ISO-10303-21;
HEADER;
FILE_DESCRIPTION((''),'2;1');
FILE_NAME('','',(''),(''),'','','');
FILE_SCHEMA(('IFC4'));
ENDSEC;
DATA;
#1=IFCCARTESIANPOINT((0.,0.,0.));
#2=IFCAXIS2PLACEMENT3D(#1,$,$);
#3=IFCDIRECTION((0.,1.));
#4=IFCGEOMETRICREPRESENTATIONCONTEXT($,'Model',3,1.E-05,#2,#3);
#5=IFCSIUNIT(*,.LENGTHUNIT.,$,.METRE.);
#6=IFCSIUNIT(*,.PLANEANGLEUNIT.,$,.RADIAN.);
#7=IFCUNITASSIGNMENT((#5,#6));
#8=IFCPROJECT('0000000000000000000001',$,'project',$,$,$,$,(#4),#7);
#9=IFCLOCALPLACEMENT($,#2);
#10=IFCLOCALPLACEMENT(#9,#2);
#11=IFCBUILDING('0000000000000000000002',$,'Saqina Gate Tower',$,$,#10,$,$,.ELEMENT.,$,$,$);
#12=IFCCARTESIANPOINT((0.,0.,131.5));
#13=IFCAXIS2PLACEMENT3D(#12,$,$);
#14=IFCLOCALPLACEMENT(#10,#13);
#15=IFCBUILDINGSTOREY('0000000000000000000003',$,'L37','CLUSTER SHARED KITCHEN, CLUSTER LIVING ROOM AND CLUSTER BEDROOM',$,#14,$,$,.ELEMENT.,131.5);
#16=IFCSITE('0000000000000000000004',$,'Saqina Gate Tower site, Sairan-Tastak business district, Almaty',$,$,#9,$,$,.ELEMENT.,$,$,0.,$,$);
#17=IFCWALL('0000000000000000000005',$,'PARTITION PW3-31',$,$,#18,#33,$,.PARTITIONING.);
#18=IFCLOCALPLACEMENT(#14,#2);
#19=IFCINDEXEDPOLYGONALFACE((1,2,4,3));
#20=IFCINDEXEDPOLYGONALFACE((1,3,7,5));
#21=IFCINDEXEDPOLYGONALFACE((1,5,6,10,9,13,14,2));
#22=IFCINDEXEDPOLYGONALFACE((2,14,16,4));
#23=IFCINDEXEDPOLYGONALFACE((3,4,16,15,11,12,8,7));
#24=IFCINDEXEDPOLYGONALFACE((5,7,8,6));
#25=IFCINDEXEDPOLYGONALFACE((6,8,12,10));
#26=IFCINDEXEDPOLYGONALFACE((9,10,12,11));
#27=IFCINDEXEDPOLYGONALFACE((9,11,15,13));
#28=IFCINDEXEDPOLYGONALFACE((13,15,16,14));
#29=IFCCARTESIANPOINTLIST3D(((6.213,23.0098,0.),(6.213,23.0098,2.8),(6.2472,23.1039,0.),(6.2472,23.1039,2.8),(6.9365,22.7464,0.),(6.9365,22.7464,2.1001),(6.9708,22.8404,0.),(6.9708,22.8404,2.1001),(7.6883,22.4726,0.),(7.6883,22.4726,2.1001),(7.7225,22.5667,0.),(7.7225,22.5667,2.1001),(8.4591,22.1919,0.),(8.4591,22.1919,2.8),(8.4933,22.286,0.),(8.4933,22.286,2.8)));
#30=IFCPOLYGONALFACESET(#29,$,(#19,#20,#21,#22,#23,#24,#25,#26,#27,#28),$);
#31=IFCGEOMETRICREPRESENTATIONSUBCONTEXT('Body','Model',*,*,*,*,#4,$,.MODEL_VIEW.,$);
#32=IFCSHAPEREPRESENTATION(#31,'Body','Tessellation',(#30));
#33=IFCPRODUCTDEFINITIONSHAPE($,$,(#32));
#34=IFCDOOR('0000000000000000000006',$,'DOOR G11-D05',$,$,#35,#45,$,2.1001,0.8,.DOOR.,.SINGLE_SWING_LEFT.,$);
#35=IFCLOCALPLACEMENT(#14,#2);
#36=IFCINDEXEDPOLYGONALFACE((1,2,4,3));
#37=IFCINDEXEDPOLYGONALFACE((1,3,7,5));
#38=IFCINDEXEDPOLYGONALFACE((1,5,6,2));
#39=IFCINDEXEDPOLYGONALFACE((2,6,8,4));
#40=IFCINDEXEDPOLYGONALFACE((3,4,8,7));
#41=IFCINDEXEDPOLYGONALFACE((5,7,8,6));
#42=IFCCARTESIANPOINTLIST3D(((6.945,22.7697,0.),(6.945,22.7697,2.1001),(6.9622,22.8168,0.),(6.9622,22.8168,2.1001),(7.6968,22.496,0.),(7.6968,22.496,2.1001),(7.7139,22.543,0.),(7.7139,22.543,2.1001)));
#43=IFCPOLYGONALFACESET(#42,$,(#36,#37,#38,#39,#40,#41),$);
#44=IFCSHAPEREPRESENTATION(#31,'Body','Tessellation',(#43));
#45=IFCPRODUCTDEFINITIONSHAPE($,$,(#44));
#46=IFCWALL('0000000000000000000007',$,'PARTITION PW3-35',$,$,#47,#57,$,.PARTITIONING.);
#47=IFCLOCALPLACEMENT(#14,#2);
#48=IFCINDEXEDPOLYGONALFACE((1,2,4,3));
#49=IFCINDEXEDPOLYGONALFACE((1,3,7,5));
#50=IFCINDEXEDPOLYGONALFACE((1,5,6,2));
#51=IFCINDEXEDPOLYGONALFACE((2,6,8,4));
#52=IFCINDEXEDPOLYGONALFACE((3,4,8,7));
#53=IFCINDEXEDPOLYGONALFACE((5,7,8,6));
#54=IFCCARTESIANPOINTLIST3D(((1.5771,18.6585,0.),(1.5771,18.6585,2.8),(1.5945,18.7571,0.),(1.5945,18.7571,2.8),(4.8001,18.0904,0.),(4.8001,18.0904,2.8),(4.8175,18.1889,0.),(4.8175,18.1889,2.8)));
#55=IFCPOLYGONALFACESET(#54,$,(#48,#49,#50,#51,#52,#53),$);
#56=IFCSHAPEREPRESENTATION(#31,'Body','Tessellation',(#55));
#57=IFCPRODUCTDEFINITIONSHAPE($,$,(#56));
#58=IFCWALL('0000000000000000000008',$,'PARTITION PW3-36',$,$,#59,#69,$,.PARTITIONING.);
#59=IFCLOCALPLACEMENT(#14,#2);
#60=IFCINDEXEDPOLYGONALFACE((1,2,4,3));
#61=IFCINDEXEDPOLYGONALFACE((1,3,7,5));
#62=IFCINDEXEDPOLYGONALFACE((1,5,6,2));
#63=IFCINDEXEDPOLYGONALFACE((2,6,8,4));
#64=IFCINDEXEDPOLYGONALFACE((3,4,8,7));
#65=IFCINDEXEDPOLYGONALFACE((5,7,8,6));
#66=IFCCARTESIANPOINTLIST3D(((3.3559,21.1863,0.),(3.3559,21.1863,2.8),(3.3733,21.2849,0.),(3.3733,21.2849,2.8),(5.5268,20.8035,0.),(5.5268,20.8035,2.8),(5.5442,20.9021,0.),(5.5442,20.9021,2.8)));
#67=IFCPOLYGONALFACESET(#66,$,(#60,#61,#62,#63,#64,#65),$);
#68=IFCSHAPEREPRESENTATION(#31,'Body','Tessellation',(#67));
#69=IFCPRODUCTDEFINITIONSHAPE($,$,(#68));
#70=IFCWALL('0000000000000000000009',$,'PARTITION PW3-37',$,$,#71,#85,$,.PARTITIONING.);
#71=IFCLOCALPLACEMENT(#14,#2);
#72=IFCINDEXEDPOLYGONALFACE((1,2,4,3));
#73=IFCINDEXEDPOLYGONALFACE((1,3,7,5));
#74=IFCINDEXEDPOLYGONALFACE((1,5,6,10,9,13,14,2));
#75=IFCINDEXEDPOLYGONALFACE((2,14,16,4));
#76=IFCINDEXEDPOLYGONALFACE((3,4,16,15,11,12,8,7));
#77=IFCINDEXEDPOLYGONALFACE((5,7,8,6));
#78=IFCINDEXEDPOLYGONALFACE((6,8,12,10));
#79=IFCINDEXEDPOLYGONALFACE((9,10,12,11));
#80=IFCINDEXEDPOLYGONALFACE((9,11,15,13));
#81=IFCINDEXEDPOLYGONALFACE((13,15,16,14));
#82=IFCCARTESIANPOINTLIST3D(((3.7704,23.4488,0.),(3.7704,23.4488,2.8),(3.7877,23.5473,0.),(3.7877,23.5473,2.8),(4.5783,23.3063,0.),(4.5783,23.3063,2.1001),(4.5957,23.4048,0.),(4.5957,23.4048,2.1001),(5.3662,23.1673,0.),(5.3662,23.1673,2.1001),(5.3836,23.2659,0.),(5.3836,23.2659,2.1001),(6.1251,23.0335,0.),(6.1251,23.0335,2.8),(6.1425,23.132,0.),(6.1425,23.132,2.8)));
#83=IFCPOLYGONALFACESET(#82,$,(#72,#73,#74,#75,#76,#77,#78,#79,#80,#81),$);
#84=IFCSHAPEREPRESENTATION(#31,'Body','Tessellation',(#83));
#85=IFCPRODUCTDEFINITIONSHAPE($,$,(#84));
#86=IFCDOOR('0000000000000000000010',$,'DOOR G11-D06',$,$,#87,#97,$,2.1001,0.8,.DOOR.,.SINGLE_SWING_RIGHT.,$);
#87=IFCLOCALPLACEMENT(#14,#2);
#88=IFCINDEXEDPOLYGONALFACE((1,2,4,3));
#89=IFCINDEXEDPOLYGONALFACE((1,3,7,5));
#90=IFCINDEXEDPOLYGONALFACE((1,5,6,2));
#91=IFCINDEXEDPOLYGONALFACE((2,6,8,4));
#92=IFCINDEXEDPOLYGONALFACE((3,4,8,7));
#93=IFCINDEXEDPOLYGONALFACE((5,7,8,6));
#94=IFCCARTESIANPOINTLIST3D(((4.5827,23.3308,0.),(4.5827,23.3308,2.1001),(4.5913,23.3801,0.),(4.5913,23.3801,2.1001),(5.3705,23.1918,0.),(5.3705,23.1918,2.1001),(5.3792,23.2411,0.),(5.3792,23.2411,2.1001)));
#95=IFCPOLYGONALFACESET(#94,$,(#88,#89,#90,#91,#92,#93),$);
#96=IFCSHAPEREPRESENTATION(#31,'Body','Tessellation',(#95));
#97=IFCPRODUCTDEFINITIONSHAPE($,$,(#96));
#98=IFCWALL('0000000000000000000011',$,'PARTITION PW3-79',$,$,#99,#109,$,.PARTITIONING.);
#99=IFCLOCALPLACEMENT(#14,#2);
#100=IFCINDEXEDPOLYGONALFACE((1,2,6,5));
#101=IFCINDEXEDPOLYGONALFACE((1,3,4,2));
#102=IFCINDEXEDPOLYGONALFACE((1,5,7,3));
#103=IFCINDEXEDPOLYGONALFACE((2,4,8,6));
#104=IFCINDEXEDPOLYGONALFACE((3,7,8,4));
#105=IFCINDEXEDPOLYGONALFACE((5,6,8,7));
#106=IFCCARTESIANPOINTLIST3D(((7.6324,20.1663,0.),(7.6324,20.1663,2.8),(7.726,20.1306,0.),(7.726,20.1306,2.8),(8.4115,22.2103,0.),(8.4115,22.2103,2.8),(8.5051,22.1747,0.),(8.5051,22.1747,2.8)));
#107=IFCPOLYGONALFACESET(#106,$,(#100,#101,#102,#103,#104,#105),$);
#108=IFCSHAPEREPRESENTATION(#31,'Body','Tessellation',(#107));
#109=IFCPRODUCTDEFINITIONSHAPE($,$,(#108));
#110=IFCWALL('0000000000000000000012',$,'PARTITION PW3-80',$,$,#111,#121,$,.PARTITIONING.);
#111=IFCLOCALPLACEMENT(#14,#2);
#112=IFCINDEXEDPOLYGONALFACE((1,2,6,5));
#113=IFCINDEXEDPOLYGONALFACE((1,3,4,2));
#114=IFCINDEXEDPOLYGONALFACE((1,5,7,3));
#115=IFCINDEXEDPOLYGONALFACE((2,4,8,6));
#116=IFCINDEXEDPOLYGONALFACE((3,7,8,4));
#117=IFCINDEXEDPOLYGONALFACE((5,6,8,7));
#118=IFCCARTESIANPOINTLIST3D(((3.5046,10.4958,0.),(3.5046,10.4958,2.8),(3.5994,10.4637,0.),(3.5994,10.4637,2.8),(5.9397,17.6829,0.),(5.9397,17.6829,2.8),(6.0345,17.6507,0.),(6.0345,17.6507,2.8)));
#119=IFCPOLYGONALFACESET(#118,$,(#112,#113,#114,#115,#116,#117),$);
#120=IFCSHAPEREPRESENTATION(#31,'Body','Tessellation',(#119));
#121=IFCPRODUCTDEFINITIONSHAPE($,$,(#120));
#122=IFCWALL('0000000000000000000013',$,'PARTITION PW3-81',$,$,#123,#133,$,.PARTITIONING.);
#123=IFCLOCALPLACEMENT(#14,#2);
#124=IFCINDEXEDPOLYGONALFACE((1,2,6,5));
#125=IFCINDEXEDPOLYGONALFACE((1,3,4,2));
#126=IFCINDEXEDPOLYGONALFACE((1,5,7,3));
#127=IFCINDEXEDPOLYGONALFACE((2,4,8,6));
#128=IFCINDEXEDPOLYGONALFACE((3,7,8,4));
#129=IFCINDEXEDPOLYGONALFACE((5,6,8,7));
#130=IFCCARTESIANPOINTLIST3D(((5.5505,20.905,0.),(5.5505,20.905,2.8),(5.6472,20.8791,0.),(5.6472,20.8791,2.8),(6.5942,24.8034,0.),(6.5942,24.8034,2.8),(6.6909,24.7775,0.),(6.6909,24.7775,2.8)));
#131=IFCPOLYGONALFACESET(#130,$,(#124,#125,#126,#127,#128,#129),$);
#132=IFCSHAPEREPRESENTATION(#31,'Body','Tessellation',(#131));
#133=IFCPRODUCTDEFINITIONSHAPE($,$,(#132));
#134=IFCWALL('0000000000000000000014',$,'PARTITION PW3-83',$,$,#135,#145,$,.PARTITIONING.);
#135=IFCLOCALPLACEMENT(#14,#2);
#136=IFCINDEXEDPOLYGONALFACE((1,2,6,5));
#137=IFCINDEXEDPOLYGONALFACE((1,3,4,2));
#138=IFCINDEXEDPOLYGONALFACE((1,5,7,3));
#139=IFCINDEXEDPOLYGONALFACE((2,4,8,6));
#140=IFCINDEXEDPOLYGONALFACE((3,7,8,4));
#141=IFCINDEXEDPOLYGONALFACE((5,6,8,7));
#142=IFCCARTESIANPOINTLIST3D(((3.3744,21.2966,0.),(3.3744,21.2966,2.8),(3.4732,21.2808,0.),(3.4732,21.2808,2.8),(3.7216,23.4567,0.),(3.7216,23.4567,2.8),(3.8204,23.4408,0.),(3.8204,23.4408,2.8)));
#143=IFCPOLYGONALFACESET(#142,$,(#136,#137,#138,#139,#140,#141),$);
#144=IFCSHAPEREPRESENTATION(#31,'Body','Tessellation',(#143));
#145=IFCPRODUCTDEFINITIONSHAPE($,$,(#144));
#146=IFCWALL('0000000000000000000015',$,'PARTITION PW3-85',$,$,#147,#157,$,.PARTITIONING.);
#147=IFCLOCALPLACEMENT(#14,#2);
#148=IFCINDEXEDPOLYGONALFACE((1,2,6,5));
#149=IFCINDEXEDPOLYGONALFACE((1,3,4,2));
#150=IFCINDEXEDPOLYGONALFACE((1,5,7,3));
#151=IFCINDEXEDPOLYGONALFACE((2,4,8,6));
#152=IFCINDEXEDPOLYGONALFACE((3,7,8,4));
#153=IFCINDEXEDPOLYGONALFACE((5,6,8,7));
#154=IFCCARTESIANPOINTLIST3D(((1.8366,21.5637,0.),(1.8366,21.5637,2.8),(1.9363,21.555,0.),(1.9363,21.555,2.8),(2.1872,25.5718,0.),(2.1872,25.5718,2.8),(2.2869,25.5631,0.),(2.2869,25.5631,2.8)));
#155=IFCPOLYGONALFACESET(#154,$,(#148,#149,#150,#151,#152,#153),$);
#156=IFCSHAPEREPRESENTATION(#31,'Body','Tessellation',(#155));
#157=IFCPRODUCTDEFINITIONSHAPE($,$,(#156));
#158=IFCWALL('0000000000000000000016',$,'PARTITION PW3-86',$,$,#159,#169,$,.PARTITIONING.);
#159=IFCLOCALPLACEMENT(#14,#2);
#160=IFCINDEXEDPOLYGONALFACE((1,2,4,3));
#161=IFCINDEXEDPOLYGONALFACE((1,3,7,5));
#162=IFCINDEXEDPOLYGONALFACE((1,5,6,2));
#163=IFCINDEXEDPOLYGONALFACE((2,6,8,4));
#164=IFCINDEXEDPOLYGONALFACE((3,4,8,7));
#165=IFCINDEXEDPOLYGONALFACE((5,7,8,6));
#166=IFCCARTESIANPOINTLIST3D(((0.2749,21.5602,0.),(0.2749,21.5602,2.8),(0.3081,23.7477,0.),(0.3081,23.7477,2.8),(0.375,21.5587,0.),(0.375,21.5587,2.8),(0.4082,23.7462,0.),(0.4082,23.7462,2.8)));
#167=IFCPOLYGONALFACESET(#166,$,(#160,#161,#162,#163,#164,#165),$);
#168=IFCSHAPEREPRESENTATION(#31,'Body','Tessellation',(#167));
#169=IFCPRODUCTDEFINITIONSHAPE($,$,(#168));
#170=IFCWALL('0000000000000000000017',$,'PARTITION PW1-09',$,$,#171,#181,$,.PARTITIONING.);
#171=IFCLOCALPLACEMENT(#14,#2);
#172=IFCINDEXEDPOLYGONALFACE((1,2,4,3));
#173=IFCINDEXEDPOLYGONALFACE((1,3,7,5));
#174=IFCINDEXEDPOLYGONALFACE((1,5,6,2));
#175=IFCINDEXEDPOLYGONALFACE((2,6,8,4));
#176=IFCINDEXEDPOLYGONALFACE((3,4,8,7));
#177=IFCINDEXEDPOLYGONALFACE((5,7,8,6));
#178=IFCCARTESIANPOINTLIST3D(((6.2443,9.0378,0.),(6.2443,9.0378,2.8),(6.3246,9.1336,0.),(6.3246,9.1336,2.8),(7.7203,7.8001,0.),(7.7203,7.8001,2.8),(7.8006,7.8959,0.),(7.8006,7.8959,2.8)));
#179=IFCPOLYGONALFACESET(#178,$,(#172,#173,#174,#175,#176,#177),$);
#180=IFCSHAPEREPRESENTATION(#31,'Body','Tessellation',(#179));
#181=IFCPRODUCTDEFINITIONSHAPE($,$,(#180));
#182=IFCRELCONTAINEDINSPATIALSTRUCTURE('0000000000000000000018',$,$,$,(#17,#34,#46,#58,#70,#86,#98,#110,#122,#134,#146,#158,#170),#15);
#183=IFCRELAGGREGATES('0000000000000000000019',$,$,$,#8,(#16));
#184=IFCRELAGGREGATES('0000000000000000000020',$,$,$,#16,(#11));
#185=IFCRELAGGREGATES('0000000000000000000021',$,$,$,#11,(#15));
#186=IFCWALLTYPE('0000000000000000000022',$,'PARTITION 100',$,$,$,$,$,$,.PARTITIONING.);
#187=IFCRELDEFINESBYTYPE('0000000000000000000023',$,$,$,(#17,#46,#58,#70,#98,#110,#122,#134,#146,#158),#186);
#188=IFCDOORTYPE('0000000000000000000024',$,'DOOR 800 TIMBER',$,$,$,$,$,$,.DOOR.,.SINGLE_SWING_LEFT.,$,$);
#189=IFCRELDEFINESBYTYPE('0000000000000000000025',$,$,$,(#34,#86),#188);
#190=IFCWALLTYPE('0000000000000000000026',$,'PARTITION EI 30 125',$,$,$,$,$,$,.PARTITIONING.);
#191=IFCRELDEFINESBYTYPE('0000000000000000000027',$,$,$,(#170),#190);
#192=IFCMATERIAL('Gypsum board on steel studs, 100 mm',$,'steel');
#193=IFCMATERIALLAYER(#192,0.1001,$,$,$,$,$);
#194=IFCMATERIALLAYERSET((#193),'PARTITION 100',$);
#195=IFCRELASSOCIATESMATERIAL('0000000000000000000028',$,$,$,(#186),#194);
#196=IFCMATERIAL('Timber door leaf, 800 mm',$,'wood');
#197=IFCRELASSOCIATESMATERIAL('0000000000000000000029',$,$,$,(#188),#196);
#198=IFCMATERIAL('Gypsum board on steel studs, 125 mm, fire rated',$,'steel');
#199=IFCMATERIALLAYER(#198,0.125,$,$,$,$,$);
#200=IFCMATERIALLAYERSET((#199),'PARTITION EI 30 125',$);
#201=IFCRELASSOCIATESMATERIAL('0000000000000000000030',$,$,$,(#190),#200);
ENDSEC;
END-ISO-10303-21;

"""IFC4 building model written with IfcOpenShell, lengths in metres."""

from ifc_helpers import new_model, si_unit, direction, frame, frame_2d, origin, place, context, subcontext, project, spatial, rectangle, extrude, material, layer, layer_set, type_object, element, fill, save


model = new_model("IFC4")

# Units and contexts
model_context = context("Model", 3, precision=1e-05, world=origin(), true_north=direction((0.0, 1.0)))
body_context = subcontext(model_context, "Body", "Model", "MODEL_VIEW")
ifc_project = project(units=[si_unit("LENGTHUNIT", "METRE"), si_unit("PLANEANGLEUNIT", "RADIAN")], contexts=[model_context])

# Site, building, storey
site_placement = place(None, origin())
site = spatial("IfcSite", under=ifc_project, at=site_placement, Name="Saqina Gate Tower site, Sairan-Tastak business district, Almaty", CompositionType="ELEMENT", RefElevation=0.0)
building_placement = place(site_placement, origin())
building = spatial("IfcBuilding", under=site, at=building_placement, Name="Saqina Gate Tower", CompositionType="ELEMENT")
storey_placement = place(building_placement, frame((0.0, 0.0, 131.5)))
storey = spatial("IfcBuildingStorey", under=building, at=storey_placement, Name="L37", Description="CLUSTER SHARED KITCHEN, CLUSTER LIVING ROOM AND CLUSTER BEDROOM", CompositionType="ELEMENT", Elevation=131.5)

# Shared definitions
ifc_material_1 = material(Name="Gypsum board on steel studs, 100 mm", Category="steel")
ifc_layer_1 = layer(ifc_material_1, 0.1001)
ifc_layer_set_1 = layer_set([ifc_layer_1], Name="PARTITION 100")
wall_type_1 = type_object("IfcWallType", Name="PARTITION 100", PredefinedType="PARTITIONING", material=ifc_layer_set_1)

# Wall, opening, door
wall_1_placement = place(storey_placement, frame((6.23, 23.0569, 0.0), z_axis=(0.0, 0.0, 1.0), x_axis=(0.939644, -0.342153, 0.0)))
wall_1 = element("IfcWall", 1, at=wall_1_placement, inside=storey, type_object=wall_type_1, Name="PARTITION PW3-31", PredefinedType="PARTITIONING", context=body_context, shape_type="SweptSolid", body=[
    extrude(rectangle(XDim=2.3904, YDim=0.1001, at=frame_2d((1.1953, 0.0))), origin(), (0.0, 0.0, 1.0), 2.8),
])
opening_1_placement = place(wall_1_placement, frame((0.7703, 0.0, 0.0)))
opening_1 = element("IfcOpeningElement", 2, at=opening_1_placement, cuts=wall_1, PredefinedType="OPENING", context=body_context, shape_type="SweptSolid", body=[
    extrude(rectangle(XDim=0.8, YDim=2.1001, at=frame_2d((0.3999, 1.05))), frame((0.0, 0.062, 0.0), z_axis=(0.0, -1.0, 0.0), x_axis=(1.0, 0.0, 0.0)), (0.0, 0.0, 1.0), 0.124),
])
ifc_material_2 = material(Name="Timber door leaf, 800 mm", Category="wood")
door_type_1 = type_object("IfcDoorType", Name="DOOR 800 TIMBER", OperationType="SINGLE_SWING_LEFT", PredefinedType="DOOR", material=ifc_material_2)
door_1_placement = place(opening_1_placement, origin())
door_1 = element("IfcDoor", 3, at=door_1_placement, inside=storey, type_object=door_type_1, Name="DOOR G11-D05", OperationType="SINGLE_SWING_LEFT", OverallHeight=2.1001, OverallWidth=0.8, PredefinedType="DOOR", context=body_context, shape_type="SweptSolid", body=[
    extrude(rectangle(XDim=0.8, YDim=2.1001, at=frame_2d((0.3999, 1.05))), frame((0.0, 0.0249, 0.0), z_axis=(0.0, -1.0, 0.0), x_axis=(1.0, 0.0, 0.0)), (0.0, 0.0, 1.0), 0.05),
])
fill(opening_1, door_1)

# Walls
wall_2_placement = place(storey_placement, frame((1.5859, 18.7078, 0.0), z_axis=(0.0, 0.0, 1.0), x_axis=(0.984817, -0.173598, 0.0)))
element("IfcWall", 4, at=wall_2_placement, inside=storey, type_object=wall_type_1, Name="PARTITION PW3-35", PredefinedType="PARTITIONING", context=body_context, shape_type="SweptSolid", body=[
    extrude(rectangle(XDim=3.2727, YDim=0.1001, at=frame_2d((1.6362, 0.0))), origin(), (0.0, 0.0, 1.0), 2.8),
])
wall_3_placement = place(storey_placement, frame((3.3647, 21.2356, 0.0), z_axis=(0.0, 0.0, 1.0), x_axis=(0.984806, -0.173659, 0.0)))
element("IfcWall", 5, at=wall_3_placement, inside=storey, type_object=wall_type_1, Name="PARTITION PW3-36", PredefinedType="PARTITIONING", context=body_context, shape_type="SweptSolid", body=[
    extrude(rectangle(XDim=2.2043, YDim=0.1001, at=frame_2d((1.1021, 0.0))), origin(), (0.0, 0.0, 1.0), 2.8),
])

# Wall, opening, door
wall_4_placement = place(storey_placement, frame((3.7791, 23.498, 0.0), z_axis=(0.0, 0.0, 1.0), x_axis=(0.984802, -0.17368, 0.0)))
wall_4 = element("IfcWall", 6, at=wall_4_placement, inside=storey, type_object=wall_type_1, Name="PARTITION PW3-37", PredefinedType="PARTITIONING", context=body_context, shape_type="SweptSolid", body=[
    extrude(rectangle(XDim=2.3911, YDim=0.1001, at=frame_2d((1.1956, 0.0))), origin(), (0.0, 0.0, 1.0), 2.8),
])
opening_2_placement = place(wall_4_placement, frame((0.8206, 0.0, 0.0)))
opening_2 = element("IfcOpeningElement", 7, at=opening_2_placement, cuts=wall_4, PredefinedType="OPENING", context=body_context, shape_type="SweptSolid", body=[
    extrude(rectangle(XDim=0.8, YDim=2.1001, at=frame_2d((0.3999, 1.05))), frame((0.0, 0.062, 0.0), z_axis=(0.0, -1.0, 0.0), x_axis=(1.0, 0.0, 0.0)), (0.0, 0.0, 1.0), 0.124),
])
door_2_placement = place(opening_2_placement, origin())
door_2 = element("IfcDoor", 8, at=door_2_placement, inside=storey, type_object=door_type_1, Name="DOOR G11-D06", OperationType="SINGLE_SWING_RIGHT", OverallHeight=2.1001, OverallWidth=0.8, PredefinedType="DOOR", context=body_context, shape_type="SweptSolid", body=[
    extrude(rectangle(XDim=0.8, YDim=2.1001, at=frame_2d((0.3999, 1.05))), frame((0.0, 0.0249, 0.0), z_axis=(0.0, -1.0, 0.0), x_axis=(1.0, 0.0, 0.0)), (0.0, 0.0, 1.0), 0.05),
])
fill(opening_2, door_2)

# Walls
wall_5_placement = place(storey_placement, frame((7.6792, 20.1484, 0.0), z_axis=(0.0, 0.0, 1.0), x_axis=(0.356158, 0.934426, 0.0)))
element("IfcWall", 9, at=wall_5_placement, inside=storey, type_object=wall_type_1, Name="PARTITION PW3-79", PredefinedType="PARTITIONING", context=body_context, shape_type="SweptSolid", body=[
    extrude(rectangle(XDim=2.1875, YDim=0.1001, at=frame_2d((1.0938, 0.0))), origin(), (0.0, 0.0, 1.0), 2.8),
])
wall_6_placement = place(storey_placement, frame((3.552, 10.4797, 0.0), z_axis=(0.0, 0.0, 1.0), x_axis=(0.320895, 0.947115, 0.0)))
element("IfcWall", 10, at=wall_6_placement, inside=storey, type_object=wall_type_1, Name="PARTITION PW3-80", PredefinedType="PARTITIONING", context=body_context, shape_type="SweptSolid", body=[
    extrude(rectangle(XDim=7.5884, YDim=0.1001, at=frame_2d((3.7942, 0.0))), origin(), (0.0, 0.0, 1.0), 2.8),
])
wall_7_placement = place(storey_placement, frame((5.5989, 20.8921, 0.0), z_axis=(0.0, 0.0, 1.0), x_axis=(0.258615, 0.96598, 0.0)))
element("IfcWall", 11, at=wall_7_placement, inside=storey, type_object=wall_type_1, Name="PARTITION PW3-81", PredefinedType="PARTITIONING", context=body_context, shape_type="SweptSolid", body=[
    extrude(rectangle(XDim=4.0356, YDim=0.1001, at=frame_2d((2.0178, 0.0))), origin(), (0.0, 0.0, 1.0), 2.8),
])
wall_8_placement = place(storey_placement, frame((3.4238, 21.2888, 0.0), z_axis=(0.0, 0.0, 1.0), x_axis=(0.158696, 0.987328, 0.0)))
element("IfcWall", 12, at=wall_8_placement, inside=storey, type_object=wall_type_1, Name="PARTITION PW3-83", PredefinedType="PARTITIONING", context=body_context, shape_type="SweptSolid", body=[
    extrude(rectangle(XDim=2.1877, YDim=0.1001, at=frame_2d((1.0938, 0.0))), origin(), (0.0, 0.0, 1.0), 2.8),
])
wall_9_placement = place(storey_placement, frame((1.8865, 21.5593, 0.0), z_axis=(0.0, 0.0, 1.0), x_axis=(0.087138, 0.996196, 0.0)))
element("IfcWall", 13, at=wall_9_placement, inside=storey, type_object=wall_type_1, Name="PARTITION PW3-85", PredefinedType="PARTITIONING", context=body_context, shape_type="SweptSolid", body=[
    extrude(rectangle(XDim=4.0234, YDim=0.1001, at=frame_2d((2.0117, 0.0))), origin(), (0.0, 0.0, 1.0), 2.8),
])
wall_10_placement = place(storey_placement, frame((0.325, 21.5596, 0.0), z_axis=(0.0, 0.0, 1.0), x_axis=(0.015177, 0.999885, 0.0)))
element("IfcWall", 14, at=wall_10_placement, inside=storey, type_object=wall_type_1, Name="PARTITION PW3-86", PredefinedType="PARTITIONING", context=body_context, shape_type="SweptSolid", body=[
    extrude(rectangle(XDim=2.1877, YDim=0.1001, at=frame_2d((1.0938, 0.0))), origin(), (0.0, 0.0, 1.0), 2.8),
])
ifc_material_3 = material(Name="Gypsum board on steel studs, 125 mm, fire rated", Category="steel")
ifc_layer_2 = layer(ifc_material_3, 0.125)
ifc_layer_set_2 = layer_set([ifc_layer_2], Name="PARTITION EI 30 125")
wall_type_2 = type_object("IfcWallType", Name="PARTITION EI 30 125", PredefinedType="PARTITIONING", material=ifc_layer_set_2)
wall_11_placement = place(storey_placement, frame((6.2844, 9.0857, 0.0), z_axis=(0.0, 0.0, 1.0), x_axis=(0.766244, -0.64255, 0.0)))
element("IfcWall", 15, at=wall_11_placement, inside=storey, type_object=wall_type_2, Name="PARTITION PW1-09", PredefinedType="PARTITIONING", context=body_context, shape_type="SweptSolid", body=[
    extrude(rectangle(XDim=1.9263, YDim=0.125, at=frame_2d((0.9631, 0.0))), origin(), (0.0, 0.0, 1.0), 2.8),
])

save(model, "model.ifc")
